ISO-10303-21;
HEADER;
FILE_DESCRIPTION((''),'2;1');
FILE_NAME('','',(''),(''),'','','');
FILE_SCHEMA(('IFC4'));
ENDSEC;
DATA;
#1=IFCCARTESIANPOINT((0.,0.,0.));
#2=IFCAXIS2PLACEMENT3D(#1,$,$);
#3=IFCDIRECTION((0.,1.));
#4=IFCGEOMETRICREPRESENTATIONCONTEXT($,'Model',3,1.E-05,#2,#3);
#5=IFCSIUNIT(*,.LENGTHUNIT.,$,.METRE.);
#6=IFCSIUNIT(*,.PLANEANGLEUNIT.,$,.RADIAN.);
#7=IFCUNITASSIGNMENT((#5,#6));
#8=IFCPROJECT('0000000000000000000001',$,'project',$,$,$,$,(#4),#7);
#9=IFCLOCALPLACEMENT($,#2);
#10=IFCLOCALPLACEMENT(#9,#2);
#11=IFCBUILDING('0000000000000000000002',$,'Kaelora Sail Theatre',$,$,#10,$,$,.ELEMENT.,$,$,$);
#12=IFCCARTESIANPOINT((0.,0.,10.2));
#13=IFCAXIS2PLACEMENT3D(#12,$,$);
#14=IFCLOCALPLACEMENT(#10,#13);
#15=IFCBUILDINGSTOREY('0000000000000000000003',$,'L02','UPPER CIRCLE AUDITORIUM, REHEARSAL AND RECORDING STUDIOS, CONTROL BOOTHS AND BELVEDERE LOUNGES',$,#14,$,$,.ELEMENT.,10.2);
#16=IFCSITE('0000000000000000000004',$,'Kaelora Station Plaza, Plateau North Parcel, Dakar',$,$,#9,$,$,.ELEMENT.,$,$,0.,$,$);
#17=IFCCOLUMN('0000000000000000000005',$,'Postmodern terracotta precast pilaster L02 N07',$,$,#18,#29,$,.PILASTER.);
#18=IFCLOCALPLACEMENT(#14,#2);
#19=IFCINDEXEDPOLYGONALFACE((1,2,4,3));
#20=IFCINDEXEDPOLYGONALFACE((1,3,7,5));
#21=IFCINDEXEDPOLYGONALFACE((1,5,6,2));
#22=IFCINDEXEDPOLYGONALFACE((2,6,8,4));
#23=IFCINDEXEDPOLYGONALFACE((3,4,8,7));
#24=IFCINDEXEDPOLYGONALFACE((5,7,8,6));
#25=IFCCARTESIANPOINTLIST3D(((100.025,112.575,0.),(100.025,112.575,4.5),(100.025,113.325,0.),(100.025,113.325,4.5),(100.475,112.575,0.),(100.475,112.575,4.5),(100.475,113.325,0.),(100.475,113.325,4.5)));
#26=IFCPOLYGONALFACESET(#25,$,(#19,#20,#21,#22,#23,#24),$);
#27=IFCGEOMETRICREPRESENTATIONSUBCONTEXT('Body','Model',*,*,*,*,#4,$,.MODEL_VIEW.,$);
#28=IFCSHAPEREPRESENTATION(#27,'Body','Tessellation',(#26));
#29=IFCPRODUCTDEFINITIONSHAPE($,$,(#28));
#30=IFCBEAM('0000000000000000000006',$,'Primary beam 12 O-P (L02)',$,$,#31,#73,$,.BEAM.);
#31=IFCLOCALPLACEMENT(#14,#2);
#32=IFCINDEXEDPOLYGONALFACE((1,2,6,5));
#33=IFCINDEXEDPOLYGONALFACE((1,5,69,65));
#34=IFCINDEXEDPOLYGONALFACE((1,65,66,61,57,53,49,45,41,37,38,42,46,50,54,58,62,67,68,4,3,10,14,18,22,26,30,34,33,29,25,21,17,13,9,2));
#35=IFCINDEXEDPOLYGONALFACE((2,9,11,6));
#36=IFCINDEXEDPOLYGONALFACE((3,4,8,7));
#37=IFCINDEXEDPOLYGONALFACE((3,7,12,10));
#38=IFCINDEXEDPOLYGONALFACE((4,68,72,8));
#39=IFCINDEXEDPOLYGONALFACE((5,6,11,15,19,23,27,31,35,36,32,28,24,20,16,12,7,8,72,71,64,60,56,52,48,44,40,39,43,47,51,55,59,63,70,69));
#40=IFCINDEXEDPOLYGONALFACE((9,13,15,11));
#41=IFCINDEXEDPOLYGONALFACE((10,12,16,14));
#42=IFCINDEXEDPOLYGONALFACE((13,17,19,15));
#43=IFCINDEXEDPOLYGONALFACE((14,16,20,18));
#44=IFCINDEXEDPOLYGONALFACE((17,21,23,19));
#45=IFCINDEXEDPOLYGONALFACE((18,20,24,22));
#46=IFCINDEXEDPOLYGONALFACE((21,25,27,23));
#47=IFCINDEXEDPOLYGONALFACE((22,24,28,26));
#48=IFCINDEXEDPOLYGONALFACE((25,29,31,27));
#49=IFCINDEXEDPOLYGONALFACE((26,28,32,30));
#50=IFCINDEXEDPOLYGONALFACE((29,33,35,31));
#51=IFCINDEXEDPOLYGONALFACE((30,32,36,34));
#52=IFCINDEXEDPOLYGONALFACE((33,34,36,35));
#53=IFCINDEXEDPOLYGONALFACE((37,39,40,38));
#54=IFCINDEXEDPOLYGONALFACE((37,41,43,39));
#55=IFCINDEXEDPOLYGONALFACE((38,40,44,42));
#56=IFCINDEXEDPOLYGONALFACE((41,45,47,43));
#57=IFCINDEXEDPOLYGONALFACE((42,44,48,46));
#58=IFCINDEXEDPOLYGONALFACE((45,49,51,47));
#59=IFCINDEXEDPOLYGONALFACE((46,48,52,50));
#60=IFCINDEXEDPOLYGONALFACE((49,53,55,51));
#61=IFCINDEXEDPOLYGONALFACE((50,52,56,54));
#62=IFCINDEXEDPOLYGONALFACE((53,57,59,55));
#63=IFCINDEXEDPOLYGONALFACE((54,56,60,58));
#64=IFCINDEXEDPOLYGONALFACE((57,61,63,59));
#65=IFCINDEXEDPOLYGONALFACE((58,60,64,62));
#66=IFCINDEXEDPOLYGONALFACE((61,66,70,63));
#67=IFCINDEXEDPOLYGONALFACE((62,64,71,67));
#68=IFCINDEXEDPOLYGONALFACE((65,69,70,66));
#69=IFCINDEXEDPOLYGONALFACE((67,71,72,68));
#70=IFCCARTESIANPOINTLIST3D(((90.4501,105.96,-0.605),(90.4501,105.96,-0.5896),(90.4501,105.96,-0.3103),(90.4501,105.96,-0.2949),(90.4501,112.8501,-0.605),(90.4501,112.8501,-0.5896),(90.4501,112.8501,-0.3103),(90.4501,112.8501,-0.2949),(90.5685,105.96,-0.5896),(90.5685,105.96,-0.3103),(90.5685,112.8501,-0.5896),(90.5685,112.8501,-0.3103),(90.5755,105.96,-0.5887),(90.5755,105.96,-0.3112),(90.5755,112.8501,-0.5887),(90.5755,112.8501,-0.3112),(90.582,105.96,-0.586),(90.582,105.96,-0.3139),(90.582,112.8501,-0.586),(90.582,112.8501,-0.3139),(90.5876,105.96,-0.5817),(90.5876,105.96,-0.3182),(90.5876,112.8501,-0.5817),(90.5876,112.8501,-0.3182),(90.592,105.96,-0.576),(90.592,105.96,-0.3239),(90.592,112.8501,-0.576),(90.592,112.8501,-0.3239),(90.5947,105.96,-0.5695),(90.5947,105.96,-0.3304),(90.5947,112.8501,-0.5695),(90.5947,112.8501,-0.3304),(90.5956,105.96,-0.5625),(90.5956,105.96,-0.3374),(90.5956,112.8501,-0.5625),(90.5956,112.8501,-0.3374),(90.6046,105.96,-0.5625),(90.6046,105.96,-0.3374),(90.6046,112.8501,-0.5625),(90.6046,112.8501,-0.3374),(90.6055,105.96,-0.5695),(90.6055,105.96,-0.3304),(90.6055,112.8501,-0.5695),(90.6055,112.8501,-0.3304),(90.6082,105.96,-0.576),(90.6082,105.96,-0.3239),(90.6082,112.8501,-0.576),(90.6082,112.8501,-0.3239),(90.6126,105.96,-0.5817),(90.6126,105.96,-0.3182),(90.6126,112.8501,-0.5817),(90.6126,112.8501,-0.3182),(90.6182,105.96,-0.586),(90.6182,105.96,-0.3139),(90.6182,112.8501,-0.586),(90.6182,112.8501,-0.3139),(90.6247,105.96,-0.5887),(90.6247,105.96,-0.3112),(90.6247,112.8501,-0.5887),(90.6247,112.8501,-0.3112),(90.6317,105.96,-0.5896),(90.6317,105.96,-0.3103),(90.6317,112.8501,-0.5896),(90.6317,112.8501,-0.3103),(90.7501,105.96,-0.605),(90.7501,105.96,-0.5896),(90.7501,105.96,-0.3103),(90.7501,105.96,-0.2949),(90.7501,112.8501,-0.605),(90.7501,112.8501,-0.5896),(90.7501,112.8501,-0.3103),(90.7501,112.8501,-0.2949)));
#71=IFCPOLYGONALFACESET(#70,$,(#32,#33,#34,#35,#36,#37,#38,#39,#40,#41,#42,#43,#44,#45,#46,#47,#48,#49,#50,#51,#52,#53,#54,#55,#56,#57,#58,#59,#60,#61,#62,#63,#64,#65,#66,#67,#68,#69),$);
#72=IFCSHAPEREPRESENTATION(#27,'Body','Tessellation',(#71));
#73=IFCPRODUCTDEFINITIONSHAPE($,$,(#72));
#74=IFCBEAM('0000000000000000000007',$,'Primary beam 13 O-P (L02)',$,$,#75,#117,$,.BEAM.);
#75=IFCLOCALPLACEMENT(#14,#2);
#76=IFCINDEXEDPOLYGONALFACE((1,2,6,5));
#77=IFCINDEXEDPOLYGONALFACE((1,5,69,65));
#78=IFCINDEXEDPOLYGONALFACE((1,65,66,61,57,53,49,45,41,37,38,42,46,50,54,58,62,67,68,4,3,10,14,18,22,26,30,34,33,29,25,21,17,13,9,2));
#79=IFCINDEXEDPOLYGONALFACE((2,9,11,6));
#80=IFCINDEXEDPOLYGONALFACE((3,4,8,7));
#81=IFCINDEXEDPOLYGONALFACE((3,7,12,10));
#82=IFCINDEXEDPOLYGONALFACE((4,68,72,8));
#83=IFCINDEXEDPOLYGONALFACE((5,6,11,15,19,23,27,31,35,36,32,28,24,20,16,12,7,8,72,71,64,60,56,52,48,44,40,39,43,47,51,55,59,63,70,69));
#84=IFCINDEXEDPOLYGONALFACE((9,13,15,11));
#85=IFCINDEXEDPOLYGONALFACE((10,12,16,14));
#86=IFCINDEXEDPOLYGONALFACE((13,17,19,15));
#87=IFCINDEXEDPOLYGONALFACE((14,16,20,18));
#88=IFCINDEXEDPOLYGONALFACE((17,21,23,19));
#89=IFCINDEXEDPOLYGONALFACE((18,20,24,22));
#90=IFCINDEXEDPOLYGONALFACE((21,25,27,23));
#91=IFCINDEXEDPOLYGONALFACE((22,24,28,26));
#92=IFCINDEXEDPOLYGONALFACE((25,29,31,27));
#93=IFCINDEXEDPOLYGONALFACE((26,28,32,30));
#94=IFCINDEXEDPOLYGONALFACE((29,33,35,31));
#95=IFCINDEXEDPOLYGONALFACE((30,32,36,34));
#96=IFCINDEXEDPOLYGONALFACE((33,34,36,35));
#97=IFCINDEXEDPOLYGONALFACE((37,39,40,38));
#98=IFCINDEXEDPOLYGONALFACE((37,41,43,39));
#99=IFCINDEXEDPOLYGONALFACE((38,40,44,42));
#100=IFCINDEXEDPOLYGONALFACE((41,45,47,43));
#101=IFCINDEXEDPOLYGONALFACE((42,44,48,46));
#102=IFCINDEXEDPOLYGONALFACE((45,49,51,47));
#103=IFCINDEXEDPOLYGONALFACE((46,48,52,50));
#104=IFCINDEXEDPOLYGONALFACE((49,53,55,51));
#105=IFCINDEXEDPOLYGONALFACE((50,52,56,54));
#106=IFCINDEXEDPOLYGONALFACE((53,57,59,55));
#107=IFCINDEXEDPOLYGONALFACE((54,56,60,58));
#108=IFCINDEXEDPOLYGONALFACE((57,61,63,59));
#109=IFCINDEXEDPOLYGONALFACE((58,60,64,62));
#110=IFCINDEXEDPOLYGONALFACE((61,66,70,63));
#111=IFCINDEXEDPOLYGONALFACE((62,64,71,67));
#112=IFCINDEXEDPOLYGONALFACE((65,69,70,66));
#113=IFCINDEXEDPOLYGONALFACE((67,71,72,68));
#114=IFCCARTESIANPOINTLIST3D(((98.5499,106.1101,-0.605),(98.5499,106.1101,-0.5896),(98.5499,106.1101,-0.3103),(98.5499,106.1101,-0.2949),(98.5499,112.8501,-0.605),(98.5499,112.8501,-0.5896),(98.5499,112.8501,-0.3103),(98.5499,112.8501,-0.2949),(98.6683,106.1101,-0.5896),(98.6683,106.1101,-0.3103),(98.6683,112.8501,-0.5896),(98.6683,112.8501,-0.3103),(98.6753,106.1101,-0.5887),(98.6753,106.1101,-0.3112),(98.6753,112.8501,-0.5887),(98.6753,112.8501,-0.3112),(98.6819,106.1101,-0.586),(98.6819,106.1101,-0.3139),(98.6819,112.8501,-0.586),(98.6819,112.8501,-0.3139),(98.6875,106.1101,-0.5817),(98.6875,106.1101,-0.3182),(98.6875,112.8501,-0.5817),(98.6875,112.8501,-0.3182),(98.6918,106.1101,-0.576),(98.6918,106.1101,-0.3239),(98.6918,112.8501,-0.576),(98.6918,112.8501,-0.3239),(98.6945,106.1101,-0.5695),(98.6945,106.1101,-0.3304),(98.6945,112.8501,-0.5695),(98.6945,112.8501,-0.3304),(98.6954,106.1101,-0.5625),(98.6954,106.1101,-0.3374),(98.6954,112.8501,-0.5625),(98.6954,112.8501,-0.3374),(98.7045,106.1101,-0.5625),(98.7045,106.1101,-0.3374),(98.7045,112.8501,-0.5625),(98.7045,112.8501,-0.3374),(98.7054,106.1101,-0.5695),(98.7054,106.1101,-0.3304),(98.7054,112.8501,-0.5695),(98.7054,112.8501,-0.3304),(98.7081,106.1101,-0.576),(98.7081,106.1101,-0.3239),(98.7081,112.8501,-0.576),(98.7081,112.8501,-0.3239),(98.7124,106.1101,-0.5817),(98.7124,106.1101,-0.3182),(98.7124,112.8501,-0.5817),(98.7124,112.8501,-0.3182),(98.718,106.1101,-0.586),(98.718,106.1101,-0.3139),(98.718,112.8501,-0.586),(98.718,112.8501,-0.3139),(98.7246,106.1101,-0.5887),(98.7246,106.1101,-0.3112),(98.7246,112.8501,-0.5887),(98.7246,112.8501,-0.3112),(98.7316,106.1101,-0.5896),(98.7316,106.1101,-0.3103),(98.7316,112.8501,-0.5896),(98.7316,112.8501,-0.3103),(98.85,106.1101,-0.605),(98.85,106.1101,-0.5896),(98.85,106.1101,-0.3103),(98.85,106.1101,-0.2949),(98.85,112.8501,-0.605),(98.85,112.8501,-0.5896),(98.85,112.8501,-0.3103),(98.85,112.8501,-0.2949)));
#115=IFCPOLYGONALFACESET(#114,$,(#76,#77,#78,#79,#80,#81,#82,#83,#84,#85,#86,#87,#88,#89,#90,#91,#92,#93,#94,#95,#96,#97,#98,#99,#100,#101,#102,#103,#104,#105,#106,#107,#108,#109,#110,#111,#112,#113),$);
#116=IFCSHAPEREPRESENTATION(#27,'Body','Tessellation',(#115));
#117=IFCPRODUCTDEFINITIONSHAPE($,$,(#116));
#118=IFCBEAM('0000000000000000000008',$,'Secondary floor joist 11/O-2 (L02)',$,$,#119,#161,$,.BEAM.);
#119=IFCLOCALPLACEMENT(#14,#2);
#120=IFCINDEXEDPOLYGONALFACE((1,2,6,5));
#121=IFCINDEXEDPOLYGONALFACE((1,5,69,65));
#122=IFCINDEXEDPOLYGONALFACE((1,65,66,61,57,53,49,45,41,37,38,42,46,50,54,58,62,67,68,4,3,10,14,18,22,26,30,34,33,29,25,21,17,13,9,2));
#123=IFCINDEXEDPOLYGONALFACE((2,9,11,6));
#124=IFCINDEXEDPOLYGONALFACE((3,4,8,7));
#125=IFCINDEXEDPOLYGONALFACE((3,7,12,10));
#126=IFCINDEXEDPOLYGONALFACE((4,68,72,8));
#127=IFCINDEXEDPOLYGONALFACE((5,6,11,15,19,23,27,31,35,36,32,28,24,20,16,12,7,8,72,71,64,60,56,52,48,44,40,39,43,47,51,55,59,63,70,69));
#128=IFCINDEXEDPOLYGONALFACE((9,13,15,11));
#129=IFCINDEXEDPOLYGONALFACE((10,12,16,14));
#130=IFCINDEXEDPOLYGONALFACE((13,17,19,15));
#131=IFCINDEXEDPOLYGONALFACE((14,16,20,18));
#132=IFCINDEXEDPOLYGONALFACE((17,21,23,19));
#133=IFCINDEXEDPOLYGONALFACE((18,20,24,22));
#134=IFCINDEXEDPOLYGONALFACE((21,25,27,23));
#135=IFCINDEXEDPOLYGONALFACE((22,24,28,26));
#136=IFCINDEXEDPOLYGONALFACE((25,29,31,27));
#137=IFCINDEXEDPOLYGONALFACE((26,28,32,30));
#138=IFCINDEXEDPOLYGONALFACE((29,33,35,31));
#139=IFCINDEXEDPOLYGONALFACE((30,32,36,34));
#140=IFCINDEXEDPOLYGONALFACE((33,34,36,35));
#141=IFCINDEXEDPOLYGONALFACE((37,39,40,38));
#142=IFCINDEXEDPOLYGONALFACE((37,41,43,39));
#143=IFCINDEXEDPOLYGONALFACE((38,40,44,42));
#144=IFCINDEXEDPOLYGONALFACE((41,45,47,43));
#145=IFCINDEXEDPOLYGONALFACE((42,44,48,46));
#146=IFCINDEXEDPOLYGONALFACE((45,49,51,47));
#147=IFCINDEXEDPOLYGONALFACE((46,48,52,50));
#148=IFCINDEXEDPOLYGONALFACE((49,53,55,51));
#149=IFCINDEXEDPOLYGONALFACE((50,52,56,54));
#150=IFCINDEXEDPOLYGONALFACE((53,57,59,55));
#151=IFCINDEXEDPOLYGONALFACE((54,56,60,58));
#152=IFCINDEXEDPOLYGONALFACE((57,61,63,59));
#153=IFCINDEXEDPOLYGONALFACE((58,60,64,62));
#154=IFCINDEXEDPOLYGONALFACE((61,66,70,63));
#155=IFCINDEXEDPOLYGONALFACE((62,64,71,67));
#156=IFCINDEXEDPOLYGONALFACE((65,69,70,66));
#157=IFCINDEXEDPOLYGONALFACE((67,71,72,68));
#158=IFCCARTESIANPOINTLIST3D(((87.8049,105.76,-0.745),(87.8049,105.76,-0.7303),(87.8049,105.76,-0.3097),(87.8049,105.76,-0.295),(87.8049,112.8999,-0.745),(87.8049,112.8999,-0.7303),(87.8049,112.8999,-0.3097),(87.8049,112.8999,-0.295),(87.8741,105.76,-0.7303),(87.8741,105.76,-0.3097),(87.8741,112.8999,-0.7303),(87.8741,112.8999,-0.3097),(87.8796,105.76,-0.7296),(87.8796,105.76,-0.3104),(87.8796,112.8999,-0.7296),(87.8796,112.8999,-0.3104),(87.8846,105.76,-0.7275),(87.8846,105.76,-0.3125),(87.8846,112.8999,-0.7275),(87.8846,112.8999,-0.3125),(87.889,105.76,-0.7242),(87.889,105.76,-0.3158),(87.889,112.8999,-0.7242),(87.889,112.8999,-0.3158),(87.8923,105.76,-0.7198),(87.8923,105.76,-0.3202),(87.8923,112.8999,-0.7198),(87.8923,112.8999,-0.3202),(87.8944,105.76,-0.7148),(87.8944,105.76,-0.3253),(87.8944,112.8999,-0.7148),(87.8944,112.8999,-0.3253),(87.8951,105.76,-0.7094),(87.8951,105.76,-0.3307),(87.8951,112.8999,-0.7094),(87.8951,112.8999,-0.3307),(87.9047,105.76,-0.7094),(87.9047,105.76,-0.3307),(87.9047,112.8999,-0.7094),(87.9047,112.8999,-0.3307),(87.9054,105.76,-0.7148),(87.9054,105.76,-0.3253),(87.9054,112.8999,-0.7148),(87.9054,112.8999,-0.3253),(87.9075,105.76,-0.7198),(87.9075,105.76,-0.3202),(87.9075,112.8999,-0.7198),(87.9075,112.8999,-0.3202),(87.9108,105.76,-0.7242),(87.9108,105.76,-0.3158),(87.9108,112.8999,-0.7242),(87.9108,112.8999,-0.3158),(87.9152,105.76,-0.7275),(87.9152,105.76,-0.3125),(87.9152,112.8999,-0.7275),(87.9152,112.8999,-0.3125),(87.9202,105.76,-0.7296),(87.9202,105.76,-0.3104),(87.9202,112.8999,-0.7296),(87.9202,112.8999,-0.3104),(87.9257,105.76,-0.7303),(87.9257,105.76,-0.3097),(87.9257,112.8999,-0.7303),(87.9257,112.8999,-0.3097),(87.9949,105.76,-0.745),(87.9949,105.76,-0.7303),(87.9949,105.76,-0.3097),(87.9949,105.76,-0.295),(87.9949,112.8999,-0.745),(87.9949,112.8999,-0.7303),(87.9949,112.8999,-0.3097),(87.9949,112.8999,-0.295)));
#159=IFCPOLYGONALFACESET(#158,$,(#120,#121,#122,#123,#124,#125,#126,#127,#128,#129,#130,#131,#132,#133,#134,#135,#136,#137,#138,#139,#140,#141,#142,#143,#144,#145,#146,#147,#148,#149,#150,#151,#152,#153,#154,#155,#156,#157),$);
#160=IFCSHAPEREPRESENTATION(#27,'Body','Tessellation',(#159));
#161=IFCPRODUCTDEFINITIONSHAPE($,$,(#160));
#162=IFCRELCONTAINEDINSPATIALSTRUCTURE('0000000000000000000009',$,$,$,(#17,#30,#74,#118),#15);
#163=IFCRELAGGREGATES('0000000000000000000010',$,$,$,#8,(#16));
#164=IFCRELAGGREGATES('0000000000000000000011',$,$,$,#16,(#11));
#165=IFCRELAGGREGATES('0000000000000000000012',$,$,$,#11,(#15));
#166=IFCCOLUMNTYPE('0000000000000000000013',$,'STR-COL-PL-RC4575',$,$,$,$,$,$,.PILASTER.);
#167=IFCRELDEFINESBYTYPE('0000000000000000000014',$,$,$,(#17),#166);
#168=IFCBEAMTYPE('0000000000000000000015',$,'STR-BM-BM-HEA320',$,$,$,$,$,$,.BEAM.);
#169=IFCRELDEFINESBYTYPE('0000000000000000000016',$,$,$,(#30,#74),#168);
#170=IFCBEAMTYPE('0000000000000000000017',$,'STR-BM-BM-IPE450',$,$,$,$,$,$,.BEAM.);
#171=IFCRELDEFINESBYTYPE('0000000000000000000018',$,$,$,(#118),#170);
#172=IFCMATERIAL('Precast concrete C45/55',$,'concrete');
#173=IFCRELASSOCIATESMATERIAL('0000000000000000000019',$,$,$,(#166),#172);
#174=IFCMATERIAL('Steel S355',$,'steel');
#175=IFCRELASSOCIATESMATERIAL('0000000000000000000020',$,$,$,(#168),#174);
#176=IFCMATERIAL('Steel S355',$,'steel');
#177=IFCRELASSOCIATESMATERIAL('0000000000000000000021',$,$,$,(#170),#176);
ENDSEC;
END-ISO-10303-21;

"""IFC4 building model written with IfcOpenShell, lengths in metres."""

from ifc_helpers import new_model, si_unit, direction, frame, origin, origin_2d, place, context, subcontext, project, spatial, rectangle, i_section, extrude, material, material_profile, profile_set, type_object, element, save


model = new_model("IFC4")

# Units and contexts
model_context = context("Model", 3, precision=1e-05, world=origin(), true_north=direction((0.0, 1.0)))
body_context = subcontext(model_context, "Body", "Model", "MODEL_VIEW")
ifc_project = project(units=[si_unit("LENGTHUNIT", "METRE"), si_unit("PLANEANGLEUNIT", "RADIAN")], contexts=[model_context])

# Site, building, storey
site_placement = place(None, origin())
site = spatial("IfcSite", under=ifc_project, at=site_placement, Name="Kaelora Station Plaza, Plateau North Parcel, Dakar", CompositionType="ELEMENT", RefElevation=0.0)
building_placement = place(site_placement, origin())
building = spatial("IfcBuilding", under=site, at=building_placement, Name="Kaelora Sail Theatre", CompositionType="ELEMENT")
storey_placement = place(building_placement, frame((0.0, 0.0, 10.2)))
storey = spatial("IfcBuildingStorey", under=building, at=storey_placement, Name="L02", Description="UPPER CIRCLE AUDITORIUM, REHEARSAL AND RECORDING STUDIOS, CONTROL BOOTHS AND BELVEDERE LOUNGES", CompositionType="ELEMENT", Elevation=10.2)

# Column
ifc_material_1 = material(Name="Precast concrete C45/55", Category="concrete")
ifc_material_profile_1 = material_profile(ifc_material_1, rectangle(XDim=0.45, YDim=0.75, at=origin_2d()), Name="RC-PIL 450x750")
ifc_profile_set_1 = profile_set([ifc_material_profile_1], Name="Precast concrete C45/55")
column_type = type_object("IfcColumnType", Name="STR-COL-PL-RC4575", PredefinedType="PILASTER", material=ifc_profile_set_1)
column_placement = place(storey_placement, frame((100.25, 112.95, 0.0), z_axis=(0.0, 0.0, 1.0), x_axis=(1.0, 0.0, 0.0)))
element("IfcColumn", 1, at=column_placement, inside=storey, type_object=column_type, Name="Postmodern terracotta precast pilaster L02 N07", PredefinedType="PILASTER", context=body_context, shape_type="SweptSolid", body=[
    extrude(rectangle(XDim=0.45, YDim=0.75, at=origin_2d()), origin(), (0.0, 0.0, 1.0), 4.5),
])

# Beams
ifc_material_2 = material(Name="Steel S355", Category="steel")
ifc_material_profile_2 = material_profile(ifc_material_2, i_section(OverallWidth=0.3, OverallDepth=0.3101, WebThickness=0.009, FlangeThickness=0.0154, FilletRadius=0.0271, at=origin_2d()), Name="HEA 320")
ifc_profile_set_2 = profile_set([ifc_material_profile_2], Name="Steel S355")
beam_type_1 = type_object("IfcBeamType", Name="STR-BM-BM-HEA320", PredefinedType="BEAM", material=ifc_profile_set_2)
beam_1_placement = place(storey_placement, frame((90.6001, 105.96, -0.45), z_axis=(0.0, 1.0, 0.0), x_axis=(-1.0, 0.0, 0.0)))
element("IfcBeam", 2, at=beam_1_placement, inside=storey, type_object=beam_type_1, Name="Primary beam 12 O-P (L02)", PredefinedType="BEAM", context=body_context, shape_type="SweptSolid", body=[
    extrude(i_section(OverallWidth=0.3, OverallDepth=0.3101, WebThickness=0.009, FlangeThickness=0.0154, FilletRadius=0.0271, at=origin_2d()), origin(), (0.0, 0.0, 1.0), 6.8901),
])
beam_2_placement = place(storey_placement, frame((98.7, 106.1101, -0.45), z_axis=(0.0, 1.0, 0.0), x_axis=(-1.0, 0.0, 0.0)))
element("IfcBeam", 3, at=beam_2_placement, inside=storey, type_object=beam_type_1, Name="Primary beam 13 O-P (L02)", PredefinedType="BEAM", context=body_context, shape_type="SweptSolid", body=[
    extrude(i_section(OverallWidth=0.3, OverallDepth=0.3101, WebThickness=0.009, FlangeThickness=0.0154, FilletRadius=0.0271, at=origin_2d()), origin(), (0.0, 0.0, 1.0), 6.74),
])
ifc_material_3 = material(Name="Steel S355", Category="steel")
ifc_material_profile_3 = material_profile(ifc_material_3, i_section(OverallWidth=0.1899, OverallDepth=0.45, WebThickness=0.0095, FlangeThickness=0.0146, FilletRadius=0.021, at=origin_2d()), Name="IPE 450")
ifc_profile_set_3 = profile_set([ifc_material_profile_3], Name="Steel S355")
beam_type_2 = type_object("IfcBeamType", Name="STR-BM-BM-IPE450", PredefinedType="BEAM", material=ifc_profile_set_3)
beam_3_placement = place(storey_placement, frame((87.8999, 105.76, -0.52), z_axis=(0.0, 1.0, 0.0), x_axis=(-1.0, 0.0, 0.0)))
element("IfcBeam", 4, at=beam_3_placement, inside=storey, type_object=beam_type_2, Name="Secondary floor joist 11/O-2 (L02)", PredefinedType="BEAM", context=body_context, shape_type="SweptSolid", body=[
    extrude(i_section(OverallWidth=0.1899, OverallDepth=0.45, WebThickness=0.0095, FlangeThickness=0.0146, FilletRadius=0.021, at=origin_2d()), origin(), (0.0, 0.0, 1.0), 7.1399),
])

save(model, "model.ifc")
